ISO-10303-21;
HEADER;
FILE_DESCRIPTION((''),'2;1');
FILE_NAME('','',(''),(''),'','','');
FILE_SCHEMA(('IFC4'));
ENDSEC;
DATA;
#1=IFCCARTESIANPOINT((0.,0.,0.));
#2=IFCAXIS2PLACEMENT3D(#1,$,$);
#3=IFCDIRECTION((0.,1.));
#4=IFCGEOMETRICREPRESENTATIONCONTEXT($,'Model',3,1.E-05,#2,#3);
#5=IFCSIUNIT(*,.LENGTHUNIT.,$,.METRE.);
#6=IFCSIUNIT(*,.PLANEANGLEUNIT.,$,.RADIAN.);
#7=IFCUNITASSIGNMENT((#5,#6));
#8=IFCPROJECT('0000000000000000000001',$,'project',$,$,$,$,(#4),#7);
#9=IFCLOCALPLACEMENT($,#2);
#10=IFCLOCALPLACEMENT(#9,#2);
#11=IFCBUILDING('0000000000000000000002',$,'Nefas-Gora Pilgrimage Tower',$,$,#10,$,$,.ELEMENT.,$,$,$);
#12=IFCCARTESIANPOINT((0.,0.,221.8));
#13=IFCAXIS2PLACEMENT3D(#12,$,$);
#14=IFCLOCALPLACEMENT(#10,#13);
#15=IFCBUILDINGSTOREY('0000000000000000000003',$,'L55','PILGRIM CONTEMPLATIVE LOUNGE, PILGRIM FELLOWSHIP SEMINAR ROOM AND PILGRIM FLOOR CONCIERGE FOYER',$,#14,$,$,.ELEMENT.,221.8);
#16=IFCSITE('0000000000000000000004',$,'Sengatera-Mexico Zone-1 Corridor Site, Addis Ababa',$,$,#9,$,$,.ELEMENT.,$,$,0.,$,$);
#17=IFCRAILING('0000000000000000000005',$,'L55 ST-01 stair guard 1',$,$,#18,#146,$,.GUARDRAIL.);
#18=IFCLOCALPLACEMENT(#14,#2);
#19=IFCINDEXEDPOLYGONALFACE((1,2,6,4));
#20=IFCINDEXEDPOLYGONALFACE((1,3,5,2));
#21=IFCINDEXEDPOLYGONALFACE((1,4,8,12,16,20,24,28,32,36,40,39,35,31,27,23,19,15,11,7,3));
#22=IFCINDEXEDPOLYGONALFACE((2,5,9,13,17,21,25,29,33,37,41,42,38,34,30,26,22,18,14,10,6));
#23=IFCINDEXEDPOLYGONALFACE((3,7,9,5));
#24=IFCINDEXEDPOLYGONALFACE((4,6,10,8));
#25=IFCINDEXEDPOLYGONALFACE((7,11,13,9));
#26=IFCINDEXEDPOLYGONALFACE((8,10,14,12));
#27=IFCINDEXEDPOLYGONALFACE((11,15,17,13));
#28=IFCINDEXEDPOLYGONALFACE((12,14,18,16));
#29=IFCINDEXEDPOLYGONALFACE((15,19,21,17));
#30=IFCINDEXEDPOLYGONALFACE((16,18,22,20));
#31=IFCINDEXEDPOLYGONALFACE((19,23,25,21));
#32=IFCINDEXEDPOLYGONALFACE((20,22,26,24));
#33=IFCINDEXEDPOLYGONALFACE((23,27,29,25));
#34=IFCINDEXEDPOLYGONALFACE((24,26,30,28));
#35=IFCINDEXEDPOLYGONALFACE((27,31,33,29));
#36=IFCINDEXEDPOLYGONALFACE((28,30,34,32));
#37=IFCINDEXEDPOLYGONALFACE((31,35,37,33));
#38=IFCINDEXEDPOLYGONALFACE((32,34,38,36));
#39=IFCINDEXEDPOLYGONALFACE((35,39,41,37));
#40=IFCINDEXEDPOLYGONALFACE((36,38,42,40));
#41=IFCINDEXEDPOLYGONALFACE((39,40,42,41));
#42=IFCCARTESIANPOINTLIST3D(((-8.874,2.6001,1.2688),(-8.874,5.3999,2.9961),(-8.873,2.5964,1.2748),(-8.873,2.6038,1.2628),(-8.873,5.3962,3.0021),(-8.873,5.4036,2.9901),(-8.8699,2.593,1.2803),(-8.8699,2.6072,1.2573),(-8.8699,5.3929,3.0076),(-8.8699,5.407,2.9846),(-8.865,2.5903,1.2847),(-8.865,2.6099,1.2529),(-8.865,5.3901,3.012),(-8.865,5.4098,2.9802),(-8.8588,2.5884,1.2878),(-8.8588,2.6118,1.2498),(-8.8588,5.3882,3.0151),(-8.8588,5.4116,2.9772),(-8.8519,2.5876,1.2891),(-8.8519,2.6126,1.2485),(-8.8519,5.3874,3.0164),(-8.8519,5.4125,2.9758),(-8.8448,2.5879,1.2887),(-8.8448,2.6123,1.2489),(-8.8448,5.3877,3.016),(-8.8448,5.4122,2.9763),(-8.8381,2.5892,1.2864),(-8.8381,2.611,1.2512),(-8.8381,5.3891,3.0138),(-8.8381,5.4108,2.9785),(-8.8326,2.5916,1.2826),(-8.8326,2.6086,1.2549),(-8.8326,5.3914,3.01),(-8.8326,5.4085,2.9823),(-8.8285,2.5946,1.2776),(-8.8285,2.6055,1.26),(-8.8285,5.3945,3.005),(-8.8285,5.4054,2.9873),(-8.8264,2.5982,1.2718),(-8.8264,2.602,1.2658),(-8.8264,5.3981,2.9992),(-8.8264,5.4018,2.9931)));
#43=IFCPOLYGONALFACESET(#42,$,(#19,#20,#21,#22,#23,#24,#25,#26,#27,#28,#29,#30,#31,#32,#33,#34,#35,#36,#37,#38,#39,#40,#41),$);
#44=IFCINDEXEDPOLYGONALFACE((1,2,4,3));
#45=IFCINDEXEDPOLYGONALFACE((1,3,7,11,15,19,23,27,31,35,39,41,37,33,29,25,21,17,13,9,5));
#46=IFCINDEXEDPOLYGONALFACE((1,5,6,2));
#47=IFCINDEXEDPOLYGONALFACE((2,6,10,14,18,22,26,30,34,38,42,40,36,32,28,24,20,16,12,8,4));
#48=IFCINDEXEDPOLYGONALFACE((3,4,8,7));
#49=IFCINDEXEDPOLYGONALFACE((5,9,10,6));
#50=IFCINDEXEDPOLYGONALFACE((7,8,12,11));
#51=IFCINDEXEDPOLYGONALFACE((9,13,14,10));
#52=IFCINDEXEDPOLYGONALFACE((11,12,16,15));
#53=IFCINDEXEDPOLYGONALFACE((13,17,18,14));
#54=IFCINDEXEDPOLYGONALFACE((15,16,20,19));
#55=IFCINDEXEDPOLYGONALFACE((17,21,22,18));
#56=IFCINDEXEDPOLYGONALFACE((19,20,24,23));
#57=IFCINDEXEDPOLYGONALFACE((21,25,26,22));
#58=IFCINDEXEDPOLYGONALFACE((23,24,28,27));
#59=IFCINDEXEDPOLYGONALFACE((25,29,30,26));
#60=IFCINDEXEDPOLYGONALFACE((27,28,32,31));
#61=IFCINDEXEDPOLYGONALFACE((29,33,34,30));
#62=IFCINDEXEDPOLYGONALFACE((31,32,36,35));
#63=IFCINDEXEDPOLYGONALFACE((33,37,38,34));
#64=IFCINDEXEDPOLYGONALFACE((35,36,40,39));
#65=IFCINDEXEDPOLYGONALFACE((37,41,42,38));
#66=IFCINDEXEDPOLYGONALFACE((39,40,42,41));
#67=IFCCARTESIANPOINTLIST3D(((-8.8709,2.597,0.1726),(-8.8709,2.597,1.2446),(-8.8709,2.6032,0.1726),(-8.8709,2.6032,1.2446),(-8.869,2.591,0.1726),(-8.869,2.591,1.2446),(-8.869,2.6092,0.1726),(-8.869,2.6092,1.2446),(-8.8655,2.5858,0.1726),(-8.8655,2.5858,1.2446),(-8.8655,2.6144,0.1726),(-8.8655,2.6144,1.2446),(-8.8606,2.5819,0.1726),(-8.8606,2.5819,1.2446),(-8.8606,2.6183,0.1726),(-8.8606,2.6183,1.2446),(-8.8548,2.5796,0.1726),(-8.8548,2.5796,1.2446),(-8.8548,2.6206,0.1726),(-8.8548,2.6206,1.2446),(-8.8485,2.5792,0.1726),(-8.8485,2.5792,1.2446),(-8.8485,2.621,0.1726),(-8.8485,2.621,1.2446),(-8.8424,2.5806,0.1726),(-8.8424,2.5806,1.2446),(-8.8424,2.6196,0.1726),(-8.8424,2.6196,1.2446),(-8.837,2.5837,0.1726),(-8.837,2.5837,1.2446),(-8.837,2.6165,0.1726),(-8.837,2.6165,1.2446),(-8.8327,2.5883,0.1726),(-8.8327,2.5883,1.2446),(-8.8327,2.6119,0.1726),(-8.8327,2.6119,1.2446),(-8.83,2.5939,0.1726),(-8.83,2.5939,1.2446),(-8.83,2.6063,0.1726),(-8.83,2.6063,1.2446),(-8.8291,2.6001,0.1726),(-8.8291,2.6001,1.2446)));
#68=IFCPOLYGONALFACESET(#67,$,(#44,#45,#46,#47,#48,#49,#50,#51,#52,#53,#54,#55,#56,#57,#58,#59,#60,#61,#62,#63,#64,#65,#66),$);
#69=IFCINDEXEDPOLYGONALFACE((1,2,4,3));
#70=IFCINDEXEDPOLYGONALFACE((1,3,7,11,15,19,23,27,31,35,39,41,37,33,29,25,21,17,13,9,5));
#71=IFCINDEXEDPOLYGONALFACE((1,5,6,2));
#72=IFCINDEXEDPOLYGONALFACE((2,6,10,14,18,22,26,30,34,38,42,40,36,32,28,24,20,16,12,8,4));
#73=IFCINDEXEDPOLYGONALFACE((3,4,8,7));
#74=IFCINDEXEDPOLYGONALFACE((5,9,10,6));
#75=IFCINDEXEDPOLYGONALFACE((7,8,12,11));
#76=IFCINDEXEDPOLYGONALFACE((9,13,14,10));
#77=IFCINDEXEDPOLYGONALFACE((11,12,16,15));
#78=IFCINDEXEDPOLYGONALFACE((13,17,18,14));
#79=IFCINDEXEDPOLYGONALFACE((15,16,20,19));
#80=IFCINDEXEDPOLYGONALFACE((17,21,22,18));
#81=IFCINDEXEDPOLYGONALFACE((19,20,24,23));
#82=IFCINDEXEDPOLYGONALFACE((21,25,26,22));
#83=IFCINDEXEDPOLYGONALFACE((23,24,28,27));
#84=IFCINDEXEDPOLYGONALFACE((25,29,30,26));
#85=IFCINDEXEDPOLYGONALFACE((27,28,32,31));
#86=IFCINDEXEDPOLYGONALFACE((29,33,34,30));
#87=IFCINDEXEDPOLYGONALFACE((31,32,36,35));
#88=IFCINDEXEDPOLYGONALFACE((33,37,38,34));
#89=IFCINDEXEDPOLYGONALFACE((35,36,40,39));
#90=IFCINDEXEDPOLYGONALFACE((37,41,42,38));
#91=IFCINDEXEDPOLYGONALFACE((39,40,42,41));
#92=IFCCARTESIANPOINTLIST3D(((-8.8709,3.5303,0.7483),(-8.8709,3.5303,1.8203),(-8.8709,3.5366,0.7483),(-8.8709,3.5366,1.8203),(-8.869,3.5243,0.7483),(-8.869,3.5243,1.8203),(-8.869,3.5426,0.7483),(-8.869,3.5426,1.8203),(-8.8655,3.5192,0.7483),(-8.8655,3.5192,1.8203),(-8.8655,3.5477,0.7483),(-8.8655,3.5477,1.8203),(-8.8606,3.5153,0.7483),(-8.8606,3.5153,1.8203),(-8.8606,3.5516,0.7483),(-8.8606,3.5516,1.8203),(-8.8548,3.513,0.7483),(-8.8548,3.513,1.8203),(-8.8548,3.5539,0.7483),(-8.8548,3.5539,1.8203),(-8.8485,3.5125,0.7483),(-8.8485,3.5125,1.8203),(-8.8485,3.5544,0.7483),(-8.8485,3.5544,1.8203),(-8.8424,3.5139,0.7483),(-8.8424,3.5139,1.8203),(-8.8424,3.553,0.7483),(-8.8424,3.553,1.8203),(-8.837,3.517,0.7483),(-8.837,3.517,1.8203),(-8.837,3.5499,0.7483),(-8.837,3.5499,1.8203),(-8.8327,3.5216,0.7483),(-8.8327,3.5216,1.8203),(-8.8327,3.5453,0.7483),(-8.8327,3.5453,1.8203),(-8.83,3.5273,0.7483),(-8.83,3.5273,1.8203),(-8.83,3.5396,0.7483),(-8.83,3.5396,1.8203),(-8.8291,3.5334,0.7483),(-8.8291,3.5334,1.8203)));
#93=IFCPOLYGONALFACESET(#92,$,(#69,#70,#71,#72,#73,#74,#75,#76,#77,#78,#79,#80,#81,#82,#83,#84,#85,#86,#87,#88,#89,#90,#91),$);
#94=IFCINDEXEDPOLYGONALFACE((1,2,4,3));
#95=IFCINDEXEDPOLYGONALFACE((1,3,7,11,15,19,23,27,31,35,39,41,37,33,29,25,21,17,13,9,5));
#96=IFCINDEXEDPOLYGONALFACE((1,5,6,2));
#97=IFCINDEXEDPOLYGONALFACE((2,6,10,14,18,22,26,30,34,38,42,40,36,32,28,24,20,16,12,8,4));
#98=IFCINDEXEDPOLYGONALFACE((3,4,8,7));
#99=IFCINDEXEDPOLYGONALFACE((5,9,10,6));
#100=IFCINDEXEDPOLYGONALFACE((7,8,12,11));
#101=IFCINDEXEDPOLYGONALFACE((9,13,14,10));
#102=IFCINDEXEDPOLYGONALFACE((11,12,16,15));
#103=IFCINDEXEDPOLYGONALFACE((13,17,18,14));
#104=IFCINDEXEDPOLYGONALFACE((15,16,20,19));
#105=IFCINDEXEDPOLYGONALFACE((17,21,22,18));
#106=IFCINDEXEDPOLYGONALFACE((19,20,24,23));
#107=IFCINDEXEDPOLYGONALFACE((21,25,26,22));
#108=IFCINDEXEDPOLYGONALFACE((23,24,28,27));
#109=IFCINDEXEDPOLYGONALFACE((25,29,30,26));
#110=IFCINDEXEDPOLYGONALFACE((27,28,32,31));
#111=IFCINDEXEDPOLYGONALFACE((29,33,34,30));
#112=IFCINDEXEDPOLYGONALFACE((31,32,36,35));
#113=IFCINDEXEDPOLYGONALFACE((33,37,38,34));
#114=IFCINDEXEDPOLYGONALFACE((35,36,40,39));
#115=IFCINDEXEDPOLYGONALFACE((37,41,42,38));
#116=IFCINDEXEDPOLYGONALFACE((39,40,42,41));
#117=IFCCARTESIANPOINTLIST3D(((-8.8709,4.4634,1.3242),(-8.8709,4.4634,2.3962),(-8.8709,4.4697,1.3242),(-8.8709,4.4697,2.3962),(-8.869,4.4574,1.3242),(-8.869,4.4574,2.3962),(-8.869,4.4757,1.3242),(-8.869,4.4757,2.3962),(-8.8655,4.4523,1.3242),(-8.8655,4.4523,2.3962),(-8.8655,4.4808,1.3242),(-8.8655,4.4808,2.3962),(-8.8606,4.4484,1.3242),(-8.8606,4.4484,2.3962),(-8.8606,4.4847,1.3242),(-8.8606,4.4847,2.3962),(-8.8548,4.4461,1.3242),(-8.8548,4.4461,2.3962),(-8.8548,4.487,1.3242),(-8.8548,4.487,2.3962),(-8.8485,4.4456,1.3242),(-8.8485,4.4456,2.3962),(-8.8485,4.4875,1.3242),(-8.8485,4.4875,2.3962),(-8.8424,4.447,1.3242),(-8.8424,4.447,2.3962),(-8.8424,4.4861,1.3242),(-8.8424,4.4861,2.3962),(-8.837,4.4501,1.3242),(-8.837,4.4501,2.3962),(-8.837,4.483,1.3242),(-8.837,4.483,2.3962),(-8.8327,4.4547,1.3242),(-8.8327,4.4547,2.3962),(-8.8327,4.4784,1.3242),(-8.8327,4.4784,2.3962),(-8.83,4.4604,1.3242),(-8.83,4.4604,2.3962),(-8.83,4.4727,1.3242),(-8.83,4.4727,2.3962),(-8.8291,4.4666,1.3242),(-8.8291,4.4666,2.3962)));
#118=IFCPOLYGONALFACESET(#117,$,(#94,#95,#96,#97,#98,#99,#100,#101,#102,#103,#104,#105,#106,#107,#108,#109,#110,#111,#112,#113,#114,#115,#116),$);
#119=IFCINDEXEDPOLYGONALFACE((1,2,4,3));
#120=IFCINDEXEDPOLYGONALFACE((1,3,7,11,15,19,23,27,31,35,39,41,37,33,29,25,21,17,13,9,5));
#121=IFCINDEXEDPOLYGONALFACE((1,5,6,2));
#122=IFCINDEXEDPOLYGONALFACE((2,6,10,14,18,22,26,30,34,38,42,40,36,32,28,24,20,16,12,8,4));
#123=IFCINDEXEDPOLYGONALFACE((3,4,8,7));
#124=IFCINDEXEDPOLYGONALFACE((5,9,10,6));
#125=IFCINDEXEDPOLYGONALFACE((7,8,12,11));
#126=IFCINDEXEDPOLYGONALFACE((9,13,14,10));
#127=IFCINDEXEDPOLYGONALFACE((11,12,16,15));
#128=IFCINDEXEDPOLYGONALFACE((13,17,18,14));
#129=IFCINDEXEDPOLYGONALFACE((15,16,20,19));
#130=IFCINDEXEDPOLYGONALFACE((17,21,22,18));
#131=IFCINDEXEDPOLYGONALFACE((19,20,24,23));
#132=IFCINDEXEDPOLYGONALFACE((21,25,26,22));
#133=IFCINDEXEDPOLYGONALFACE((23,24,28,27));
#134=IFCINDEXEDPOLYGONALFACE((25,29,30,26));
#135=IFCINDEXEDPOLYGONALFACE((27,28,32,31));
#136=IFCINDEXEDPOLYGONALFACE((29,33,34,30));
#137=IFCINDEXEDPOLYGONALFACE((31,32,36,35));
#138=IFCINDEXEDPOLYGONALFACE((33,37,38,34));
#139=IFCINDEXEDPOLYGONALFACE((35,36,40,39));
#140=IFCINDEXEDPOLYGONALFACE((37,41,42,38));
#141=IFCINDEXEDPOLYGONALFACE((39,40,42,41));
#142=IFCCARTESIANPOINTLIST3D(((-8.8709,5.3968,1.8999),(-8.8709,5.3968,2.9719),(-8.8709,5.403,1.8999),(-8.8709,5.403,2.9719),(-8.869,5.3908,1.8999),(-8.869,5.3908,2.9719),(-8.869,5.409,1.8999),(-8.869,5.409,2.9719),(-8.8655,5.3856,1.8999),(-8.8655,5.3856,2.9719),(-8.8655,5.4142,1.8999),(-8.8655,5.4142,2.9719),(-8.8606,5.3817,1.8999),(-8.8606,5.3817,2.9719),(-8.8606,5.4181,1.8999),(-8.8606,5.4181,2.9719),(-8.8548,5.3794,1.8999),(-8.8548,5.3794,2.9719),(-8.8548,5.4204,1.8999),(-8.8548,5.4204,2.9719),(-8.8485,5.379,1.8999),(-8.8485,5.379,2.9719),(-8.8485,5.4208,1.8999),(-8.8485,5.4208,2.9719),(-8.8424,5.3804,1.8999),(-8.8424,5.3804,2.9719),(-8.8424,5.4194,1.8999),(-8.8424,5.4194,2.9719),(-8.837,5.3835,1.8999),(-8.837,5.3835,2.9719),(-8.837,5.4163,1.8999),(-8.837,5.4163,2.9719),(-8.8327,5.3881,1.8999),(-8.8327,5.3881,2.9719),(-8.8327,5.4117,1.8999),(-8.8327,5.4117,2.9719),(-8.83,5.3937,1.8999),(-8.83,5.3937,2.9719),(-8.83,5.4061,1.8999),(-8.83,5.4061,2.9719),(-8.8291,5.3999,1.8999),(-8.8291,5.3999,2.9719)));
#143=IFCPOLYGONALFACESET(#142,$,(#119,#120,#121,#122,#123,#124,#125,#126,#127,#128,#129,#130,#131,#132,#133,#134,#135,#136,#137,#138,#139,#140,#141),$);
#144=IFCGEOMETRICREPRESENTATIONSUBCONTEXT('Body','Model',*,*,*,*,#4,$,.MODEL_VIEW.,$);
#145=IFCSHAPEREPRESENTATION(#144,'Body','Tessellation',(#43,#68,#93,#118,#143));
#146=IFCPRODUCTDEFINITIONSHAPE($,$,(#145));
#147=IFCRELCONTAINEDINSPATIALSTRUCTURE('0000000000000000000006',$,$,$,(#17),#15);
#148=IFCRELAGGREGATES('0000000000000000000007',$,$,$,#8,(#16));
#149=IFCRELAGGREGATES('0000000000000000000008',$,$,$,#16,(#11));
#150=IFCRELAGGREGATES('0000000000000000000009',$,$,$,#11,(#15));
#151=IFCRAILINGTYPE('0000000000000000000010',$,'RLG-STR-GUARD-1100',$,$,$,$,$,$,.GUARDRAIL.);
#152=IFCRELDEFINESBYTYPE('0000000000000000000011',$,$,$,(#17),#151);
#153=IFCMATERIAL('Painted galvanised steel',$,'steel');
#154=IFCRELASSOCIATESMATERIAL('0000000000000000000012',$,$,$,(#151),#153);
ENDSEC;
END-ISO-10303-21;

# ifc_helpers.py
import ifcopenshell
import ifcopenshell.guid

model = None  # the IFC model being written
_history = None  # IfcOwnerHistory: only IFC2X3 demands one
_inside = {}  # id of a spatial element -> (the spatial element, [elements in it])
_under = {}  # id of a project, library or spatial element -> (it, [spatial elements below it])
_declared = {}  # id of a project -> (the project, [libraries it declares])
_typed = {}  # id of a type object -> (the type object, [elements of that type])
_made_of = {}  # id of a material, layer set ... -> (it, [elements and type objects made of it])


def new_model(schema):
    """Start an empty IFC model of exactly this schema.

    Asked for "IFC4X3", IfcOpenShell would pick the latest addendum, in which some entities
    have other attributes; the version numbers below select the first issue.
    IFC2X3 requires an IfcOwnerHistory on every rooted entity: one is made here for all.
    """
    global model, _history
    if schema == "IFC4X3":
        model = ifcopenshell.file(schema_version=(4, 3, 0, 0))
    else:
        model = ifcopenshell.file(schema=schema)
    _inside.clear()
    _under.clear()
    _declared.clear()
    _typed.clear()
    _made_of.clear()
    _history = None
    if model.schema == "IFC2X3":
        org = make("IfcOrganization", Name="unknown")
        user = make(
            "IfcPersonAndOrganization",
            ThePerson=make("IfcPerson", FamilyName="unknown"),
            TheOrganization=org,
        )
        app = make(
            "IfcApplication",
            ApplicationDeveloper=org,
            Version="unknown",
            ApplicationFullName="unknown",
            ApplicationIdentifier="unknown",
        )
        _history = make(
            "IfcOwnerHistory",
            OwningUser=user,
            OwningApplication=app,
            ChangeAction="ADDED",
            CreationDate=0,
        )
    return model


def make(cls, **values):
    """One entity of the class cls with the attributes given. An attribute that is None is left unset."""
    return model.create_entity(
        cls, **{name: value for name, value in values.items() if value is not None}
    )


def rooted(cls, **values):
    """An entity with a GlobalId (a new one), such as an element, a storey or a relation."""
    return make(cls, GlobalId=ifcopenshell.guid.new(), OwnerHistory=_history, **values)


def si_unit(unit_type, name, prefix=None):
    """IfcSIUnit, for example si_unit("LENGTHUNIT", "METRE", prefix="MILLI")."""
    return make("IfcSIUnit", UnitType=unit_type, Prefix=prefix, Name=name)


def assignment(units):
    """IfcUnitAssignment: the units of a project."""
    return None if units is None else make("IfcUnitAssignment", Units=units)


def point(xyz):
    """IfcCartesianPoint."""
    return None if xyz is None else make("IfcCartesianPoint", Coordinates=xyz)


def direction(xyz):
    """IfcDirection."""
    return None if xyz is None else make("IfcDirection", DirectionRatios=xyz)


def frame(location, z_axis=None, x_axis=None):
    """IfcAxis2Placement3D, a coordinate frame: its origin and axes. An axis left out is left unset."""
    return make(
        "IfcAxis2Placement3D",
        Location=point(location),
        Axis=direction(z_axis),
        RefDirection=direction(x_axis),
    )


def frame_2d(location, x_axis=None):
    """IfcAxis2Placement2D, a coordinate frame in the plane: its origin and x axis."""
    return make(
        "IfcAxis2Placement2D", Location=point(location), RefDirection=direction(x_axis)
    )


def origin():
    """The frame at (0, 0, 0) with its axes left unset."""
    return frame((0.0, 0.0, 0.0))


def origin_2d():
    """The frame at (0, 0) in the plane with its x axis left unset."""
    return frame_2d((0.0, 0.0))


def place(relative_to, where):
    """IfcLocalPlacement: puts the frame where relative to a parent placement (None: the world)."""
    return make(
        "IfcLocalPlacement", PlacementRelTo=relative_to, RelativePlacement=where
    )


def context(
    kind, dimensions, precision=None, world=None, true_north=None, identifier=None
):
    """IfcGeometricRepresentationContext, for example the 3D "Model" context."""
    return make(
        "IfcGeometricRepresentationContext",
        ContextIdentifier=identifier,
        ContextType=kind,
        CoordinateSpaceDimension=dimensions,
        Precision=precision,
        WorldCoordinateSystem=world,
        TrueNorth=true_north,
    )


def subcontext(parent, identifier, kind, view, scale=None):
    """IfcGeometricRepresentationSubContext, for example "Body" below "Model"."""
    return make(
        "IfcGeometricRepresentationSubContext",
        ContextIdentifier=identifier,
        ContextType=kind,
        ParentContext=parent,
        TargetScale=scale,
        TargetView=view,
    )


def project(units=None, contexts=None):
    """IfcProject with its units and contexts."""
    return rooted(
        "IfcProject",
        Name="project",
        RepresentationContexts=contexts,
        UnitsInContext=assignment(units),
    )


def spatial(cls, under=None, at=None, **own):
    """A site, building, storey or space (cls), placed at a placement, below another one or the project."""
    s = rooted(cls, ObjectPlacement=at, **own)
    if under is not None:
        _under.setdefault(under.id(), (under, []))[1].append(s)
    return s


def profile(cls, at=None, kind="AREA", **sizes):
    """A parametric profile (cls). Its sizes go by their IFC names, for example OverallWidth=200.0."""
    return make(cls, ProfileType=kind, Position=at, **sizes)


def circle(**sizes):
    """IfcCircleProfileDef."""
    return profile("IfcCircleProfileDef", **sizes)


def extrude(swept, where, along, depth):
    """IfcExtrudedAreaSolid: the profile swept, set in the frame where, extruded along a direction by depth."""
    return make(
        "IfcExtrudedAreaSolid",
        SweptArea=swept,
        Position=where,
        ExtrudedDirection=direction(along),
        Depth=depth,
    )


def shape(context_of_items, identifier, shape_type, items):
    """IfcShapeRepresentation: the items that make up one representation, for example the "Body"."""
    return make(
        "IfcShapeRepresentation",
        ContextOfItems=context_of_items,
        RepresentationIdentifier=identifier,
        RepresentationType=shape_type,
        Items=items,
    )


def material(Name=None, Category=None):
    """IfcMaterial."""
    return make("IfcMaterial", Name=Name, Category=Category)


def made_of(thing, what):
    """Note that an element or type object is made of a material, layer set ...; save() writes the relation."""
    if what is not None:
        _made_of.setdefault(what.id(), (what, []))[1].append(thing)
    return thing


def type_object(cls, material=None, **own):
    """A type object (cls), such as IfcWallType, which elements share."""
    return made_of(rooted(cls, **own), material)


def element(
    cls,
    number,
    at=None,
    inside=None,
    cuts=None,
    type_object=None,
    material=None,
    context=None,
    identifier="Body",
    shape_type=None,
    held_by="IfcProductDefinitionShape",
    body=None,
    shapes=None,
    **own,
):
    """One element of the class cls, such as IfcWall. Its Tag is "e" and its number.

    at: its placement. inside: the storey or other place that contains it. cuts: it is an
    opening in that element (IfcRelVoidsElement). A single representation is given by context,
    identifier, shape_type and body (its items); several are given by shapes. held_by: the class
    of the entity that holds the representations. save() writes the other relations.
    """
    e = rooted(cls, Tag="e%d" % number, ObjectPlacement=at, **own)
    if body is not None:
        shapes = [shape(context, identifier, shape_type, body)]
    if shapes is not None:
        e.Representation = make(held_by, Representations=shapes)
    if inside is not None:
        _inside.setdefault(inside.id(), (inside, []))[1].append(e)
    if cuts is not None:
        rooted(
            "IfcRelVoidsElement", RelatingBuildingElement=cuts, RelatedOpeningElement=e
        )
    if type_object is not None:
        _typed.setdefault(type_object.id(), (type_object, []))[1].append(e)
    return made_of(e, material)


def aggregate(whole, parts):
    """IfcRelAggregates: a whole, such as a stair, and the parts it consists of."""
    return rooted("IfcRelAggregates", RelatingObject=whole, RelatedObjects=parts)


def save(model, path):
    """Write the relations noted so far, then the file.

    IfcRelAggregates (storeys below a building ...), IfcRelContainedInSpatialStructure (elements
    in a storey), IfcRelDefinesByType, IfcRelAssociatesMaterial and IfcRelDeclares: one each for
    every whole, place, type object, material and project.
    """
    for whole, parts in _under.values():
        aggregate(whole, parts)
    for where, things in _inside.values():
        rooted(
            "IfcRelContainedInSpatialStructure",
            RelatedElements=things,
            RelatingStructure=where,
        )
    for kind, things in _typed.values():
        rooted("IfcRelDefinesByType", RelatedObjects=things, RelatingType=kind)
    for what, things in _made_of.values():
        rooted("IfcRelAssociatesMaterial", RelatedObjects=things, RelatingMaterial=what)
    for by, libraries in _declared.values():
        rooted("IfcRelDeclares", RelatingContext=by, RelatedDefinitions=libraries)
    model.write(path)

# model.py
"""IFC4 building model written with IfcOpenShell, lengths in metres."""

from ifc_helpers import new_model, si_unit, direction, frame, origin, origin_2d, place, context, subcontext, project, spatial, circle, extrude, material, type_object, element, save


model = new_model("IFC4")

# Units and contexts
model_context = context("Model", 3, precision=1e-05, world=origin(), true_north=direction((0.0, 1.0)))
body_context = subcontext(model_context, "Body", "Model", "MODEL_VIEW")
ifc_project = project(units=[si_unit("LENGTHUNIT", "METRE"), si_unit("PLANEANGLEUNIT", "RADIAN")], contexts=[model_context])

# Site, building, storey
site_placement = place(None, origin())
site = spatial("IfcSite", under=ifc_project, at=site_placement, Name="Sengatera-Mexico Zone-1 Corridor Site, Addis Ababa", CompositionType="ELEMENT", RefElevation=0.0)
building_placement = place(site_placement, origin())
building = spatial("IfcBuilding", under=site, at=building_placement, Name="Nefas-Gora Pilgrimage Tower", CompositionType="ELEMENT")
storey_placement = place(building_placement, frame((0.0, 0.0, 221.8)))
storey = spatial("IfcBuildingStorey", under=building, at=storey_placement, Name="L55", Description="PILGRIM CONTEMPLATIVE LOUNGE, PILGRIM FELLOWSHIP SEMINAR ROOM AND PILGRIM FLOOR CONCIERGE FOYER", CompositionType="ELEMENT", Elevation=221.8)

# Railing
ifc_material_1 = material(Name="Painted galvanised steel", Category="steel")
railing_type_1 = type_object("IfcRailingType", Name="RLG-STR-GUARD-1100", PredefinedType="GUARDRAIL", material=ifc_material_1)
railing_1_placement = place(storey_placement, frame((-8.8501, 2.6001, 0.1726)))
element("IfcRailing", 1, at=railing_1_placement, inside=storey, type_object=railing_type_1, Name="L55 ST-01 stair guard 1", PredefinedType="GUARDRAIL", context=body_context, shape_type="SweptSolid", body=[
    extrude(circle(Radius=0.0239, at=origin_2d()), frame((0.0, 0.0, 1.0962), z_axis=(0.0, 0.851069, 0.525054), x_axis=(-1.0, 0.0, 0.0)), (0.0, 0.0, 1.0), 3.2898),
    extrude(circle(Radius=0.021, at=origin_2d()), origin(), (0.0, 0.0, 1.0), 1.072),
    extrude(circle(Radius=0.021, at=origin_2d()), frame((0.0, 0.9333, 0.5757)), (0.0, 0.0, 1.0), 1.072),
    extrude(circle(Radius=0.021, at=origin_2d()), frame((0.0, 1.8665, 1.1516)), (0.0, 0.0, 1.0), 1.072),
    extrude(circle(Radius=0.021, at=origin_2d()), frame((0.0, 2.7998, 1.7273)), (0.0, 0.0, 1.0), 1.072),
])

save(model, "model.ifc")
